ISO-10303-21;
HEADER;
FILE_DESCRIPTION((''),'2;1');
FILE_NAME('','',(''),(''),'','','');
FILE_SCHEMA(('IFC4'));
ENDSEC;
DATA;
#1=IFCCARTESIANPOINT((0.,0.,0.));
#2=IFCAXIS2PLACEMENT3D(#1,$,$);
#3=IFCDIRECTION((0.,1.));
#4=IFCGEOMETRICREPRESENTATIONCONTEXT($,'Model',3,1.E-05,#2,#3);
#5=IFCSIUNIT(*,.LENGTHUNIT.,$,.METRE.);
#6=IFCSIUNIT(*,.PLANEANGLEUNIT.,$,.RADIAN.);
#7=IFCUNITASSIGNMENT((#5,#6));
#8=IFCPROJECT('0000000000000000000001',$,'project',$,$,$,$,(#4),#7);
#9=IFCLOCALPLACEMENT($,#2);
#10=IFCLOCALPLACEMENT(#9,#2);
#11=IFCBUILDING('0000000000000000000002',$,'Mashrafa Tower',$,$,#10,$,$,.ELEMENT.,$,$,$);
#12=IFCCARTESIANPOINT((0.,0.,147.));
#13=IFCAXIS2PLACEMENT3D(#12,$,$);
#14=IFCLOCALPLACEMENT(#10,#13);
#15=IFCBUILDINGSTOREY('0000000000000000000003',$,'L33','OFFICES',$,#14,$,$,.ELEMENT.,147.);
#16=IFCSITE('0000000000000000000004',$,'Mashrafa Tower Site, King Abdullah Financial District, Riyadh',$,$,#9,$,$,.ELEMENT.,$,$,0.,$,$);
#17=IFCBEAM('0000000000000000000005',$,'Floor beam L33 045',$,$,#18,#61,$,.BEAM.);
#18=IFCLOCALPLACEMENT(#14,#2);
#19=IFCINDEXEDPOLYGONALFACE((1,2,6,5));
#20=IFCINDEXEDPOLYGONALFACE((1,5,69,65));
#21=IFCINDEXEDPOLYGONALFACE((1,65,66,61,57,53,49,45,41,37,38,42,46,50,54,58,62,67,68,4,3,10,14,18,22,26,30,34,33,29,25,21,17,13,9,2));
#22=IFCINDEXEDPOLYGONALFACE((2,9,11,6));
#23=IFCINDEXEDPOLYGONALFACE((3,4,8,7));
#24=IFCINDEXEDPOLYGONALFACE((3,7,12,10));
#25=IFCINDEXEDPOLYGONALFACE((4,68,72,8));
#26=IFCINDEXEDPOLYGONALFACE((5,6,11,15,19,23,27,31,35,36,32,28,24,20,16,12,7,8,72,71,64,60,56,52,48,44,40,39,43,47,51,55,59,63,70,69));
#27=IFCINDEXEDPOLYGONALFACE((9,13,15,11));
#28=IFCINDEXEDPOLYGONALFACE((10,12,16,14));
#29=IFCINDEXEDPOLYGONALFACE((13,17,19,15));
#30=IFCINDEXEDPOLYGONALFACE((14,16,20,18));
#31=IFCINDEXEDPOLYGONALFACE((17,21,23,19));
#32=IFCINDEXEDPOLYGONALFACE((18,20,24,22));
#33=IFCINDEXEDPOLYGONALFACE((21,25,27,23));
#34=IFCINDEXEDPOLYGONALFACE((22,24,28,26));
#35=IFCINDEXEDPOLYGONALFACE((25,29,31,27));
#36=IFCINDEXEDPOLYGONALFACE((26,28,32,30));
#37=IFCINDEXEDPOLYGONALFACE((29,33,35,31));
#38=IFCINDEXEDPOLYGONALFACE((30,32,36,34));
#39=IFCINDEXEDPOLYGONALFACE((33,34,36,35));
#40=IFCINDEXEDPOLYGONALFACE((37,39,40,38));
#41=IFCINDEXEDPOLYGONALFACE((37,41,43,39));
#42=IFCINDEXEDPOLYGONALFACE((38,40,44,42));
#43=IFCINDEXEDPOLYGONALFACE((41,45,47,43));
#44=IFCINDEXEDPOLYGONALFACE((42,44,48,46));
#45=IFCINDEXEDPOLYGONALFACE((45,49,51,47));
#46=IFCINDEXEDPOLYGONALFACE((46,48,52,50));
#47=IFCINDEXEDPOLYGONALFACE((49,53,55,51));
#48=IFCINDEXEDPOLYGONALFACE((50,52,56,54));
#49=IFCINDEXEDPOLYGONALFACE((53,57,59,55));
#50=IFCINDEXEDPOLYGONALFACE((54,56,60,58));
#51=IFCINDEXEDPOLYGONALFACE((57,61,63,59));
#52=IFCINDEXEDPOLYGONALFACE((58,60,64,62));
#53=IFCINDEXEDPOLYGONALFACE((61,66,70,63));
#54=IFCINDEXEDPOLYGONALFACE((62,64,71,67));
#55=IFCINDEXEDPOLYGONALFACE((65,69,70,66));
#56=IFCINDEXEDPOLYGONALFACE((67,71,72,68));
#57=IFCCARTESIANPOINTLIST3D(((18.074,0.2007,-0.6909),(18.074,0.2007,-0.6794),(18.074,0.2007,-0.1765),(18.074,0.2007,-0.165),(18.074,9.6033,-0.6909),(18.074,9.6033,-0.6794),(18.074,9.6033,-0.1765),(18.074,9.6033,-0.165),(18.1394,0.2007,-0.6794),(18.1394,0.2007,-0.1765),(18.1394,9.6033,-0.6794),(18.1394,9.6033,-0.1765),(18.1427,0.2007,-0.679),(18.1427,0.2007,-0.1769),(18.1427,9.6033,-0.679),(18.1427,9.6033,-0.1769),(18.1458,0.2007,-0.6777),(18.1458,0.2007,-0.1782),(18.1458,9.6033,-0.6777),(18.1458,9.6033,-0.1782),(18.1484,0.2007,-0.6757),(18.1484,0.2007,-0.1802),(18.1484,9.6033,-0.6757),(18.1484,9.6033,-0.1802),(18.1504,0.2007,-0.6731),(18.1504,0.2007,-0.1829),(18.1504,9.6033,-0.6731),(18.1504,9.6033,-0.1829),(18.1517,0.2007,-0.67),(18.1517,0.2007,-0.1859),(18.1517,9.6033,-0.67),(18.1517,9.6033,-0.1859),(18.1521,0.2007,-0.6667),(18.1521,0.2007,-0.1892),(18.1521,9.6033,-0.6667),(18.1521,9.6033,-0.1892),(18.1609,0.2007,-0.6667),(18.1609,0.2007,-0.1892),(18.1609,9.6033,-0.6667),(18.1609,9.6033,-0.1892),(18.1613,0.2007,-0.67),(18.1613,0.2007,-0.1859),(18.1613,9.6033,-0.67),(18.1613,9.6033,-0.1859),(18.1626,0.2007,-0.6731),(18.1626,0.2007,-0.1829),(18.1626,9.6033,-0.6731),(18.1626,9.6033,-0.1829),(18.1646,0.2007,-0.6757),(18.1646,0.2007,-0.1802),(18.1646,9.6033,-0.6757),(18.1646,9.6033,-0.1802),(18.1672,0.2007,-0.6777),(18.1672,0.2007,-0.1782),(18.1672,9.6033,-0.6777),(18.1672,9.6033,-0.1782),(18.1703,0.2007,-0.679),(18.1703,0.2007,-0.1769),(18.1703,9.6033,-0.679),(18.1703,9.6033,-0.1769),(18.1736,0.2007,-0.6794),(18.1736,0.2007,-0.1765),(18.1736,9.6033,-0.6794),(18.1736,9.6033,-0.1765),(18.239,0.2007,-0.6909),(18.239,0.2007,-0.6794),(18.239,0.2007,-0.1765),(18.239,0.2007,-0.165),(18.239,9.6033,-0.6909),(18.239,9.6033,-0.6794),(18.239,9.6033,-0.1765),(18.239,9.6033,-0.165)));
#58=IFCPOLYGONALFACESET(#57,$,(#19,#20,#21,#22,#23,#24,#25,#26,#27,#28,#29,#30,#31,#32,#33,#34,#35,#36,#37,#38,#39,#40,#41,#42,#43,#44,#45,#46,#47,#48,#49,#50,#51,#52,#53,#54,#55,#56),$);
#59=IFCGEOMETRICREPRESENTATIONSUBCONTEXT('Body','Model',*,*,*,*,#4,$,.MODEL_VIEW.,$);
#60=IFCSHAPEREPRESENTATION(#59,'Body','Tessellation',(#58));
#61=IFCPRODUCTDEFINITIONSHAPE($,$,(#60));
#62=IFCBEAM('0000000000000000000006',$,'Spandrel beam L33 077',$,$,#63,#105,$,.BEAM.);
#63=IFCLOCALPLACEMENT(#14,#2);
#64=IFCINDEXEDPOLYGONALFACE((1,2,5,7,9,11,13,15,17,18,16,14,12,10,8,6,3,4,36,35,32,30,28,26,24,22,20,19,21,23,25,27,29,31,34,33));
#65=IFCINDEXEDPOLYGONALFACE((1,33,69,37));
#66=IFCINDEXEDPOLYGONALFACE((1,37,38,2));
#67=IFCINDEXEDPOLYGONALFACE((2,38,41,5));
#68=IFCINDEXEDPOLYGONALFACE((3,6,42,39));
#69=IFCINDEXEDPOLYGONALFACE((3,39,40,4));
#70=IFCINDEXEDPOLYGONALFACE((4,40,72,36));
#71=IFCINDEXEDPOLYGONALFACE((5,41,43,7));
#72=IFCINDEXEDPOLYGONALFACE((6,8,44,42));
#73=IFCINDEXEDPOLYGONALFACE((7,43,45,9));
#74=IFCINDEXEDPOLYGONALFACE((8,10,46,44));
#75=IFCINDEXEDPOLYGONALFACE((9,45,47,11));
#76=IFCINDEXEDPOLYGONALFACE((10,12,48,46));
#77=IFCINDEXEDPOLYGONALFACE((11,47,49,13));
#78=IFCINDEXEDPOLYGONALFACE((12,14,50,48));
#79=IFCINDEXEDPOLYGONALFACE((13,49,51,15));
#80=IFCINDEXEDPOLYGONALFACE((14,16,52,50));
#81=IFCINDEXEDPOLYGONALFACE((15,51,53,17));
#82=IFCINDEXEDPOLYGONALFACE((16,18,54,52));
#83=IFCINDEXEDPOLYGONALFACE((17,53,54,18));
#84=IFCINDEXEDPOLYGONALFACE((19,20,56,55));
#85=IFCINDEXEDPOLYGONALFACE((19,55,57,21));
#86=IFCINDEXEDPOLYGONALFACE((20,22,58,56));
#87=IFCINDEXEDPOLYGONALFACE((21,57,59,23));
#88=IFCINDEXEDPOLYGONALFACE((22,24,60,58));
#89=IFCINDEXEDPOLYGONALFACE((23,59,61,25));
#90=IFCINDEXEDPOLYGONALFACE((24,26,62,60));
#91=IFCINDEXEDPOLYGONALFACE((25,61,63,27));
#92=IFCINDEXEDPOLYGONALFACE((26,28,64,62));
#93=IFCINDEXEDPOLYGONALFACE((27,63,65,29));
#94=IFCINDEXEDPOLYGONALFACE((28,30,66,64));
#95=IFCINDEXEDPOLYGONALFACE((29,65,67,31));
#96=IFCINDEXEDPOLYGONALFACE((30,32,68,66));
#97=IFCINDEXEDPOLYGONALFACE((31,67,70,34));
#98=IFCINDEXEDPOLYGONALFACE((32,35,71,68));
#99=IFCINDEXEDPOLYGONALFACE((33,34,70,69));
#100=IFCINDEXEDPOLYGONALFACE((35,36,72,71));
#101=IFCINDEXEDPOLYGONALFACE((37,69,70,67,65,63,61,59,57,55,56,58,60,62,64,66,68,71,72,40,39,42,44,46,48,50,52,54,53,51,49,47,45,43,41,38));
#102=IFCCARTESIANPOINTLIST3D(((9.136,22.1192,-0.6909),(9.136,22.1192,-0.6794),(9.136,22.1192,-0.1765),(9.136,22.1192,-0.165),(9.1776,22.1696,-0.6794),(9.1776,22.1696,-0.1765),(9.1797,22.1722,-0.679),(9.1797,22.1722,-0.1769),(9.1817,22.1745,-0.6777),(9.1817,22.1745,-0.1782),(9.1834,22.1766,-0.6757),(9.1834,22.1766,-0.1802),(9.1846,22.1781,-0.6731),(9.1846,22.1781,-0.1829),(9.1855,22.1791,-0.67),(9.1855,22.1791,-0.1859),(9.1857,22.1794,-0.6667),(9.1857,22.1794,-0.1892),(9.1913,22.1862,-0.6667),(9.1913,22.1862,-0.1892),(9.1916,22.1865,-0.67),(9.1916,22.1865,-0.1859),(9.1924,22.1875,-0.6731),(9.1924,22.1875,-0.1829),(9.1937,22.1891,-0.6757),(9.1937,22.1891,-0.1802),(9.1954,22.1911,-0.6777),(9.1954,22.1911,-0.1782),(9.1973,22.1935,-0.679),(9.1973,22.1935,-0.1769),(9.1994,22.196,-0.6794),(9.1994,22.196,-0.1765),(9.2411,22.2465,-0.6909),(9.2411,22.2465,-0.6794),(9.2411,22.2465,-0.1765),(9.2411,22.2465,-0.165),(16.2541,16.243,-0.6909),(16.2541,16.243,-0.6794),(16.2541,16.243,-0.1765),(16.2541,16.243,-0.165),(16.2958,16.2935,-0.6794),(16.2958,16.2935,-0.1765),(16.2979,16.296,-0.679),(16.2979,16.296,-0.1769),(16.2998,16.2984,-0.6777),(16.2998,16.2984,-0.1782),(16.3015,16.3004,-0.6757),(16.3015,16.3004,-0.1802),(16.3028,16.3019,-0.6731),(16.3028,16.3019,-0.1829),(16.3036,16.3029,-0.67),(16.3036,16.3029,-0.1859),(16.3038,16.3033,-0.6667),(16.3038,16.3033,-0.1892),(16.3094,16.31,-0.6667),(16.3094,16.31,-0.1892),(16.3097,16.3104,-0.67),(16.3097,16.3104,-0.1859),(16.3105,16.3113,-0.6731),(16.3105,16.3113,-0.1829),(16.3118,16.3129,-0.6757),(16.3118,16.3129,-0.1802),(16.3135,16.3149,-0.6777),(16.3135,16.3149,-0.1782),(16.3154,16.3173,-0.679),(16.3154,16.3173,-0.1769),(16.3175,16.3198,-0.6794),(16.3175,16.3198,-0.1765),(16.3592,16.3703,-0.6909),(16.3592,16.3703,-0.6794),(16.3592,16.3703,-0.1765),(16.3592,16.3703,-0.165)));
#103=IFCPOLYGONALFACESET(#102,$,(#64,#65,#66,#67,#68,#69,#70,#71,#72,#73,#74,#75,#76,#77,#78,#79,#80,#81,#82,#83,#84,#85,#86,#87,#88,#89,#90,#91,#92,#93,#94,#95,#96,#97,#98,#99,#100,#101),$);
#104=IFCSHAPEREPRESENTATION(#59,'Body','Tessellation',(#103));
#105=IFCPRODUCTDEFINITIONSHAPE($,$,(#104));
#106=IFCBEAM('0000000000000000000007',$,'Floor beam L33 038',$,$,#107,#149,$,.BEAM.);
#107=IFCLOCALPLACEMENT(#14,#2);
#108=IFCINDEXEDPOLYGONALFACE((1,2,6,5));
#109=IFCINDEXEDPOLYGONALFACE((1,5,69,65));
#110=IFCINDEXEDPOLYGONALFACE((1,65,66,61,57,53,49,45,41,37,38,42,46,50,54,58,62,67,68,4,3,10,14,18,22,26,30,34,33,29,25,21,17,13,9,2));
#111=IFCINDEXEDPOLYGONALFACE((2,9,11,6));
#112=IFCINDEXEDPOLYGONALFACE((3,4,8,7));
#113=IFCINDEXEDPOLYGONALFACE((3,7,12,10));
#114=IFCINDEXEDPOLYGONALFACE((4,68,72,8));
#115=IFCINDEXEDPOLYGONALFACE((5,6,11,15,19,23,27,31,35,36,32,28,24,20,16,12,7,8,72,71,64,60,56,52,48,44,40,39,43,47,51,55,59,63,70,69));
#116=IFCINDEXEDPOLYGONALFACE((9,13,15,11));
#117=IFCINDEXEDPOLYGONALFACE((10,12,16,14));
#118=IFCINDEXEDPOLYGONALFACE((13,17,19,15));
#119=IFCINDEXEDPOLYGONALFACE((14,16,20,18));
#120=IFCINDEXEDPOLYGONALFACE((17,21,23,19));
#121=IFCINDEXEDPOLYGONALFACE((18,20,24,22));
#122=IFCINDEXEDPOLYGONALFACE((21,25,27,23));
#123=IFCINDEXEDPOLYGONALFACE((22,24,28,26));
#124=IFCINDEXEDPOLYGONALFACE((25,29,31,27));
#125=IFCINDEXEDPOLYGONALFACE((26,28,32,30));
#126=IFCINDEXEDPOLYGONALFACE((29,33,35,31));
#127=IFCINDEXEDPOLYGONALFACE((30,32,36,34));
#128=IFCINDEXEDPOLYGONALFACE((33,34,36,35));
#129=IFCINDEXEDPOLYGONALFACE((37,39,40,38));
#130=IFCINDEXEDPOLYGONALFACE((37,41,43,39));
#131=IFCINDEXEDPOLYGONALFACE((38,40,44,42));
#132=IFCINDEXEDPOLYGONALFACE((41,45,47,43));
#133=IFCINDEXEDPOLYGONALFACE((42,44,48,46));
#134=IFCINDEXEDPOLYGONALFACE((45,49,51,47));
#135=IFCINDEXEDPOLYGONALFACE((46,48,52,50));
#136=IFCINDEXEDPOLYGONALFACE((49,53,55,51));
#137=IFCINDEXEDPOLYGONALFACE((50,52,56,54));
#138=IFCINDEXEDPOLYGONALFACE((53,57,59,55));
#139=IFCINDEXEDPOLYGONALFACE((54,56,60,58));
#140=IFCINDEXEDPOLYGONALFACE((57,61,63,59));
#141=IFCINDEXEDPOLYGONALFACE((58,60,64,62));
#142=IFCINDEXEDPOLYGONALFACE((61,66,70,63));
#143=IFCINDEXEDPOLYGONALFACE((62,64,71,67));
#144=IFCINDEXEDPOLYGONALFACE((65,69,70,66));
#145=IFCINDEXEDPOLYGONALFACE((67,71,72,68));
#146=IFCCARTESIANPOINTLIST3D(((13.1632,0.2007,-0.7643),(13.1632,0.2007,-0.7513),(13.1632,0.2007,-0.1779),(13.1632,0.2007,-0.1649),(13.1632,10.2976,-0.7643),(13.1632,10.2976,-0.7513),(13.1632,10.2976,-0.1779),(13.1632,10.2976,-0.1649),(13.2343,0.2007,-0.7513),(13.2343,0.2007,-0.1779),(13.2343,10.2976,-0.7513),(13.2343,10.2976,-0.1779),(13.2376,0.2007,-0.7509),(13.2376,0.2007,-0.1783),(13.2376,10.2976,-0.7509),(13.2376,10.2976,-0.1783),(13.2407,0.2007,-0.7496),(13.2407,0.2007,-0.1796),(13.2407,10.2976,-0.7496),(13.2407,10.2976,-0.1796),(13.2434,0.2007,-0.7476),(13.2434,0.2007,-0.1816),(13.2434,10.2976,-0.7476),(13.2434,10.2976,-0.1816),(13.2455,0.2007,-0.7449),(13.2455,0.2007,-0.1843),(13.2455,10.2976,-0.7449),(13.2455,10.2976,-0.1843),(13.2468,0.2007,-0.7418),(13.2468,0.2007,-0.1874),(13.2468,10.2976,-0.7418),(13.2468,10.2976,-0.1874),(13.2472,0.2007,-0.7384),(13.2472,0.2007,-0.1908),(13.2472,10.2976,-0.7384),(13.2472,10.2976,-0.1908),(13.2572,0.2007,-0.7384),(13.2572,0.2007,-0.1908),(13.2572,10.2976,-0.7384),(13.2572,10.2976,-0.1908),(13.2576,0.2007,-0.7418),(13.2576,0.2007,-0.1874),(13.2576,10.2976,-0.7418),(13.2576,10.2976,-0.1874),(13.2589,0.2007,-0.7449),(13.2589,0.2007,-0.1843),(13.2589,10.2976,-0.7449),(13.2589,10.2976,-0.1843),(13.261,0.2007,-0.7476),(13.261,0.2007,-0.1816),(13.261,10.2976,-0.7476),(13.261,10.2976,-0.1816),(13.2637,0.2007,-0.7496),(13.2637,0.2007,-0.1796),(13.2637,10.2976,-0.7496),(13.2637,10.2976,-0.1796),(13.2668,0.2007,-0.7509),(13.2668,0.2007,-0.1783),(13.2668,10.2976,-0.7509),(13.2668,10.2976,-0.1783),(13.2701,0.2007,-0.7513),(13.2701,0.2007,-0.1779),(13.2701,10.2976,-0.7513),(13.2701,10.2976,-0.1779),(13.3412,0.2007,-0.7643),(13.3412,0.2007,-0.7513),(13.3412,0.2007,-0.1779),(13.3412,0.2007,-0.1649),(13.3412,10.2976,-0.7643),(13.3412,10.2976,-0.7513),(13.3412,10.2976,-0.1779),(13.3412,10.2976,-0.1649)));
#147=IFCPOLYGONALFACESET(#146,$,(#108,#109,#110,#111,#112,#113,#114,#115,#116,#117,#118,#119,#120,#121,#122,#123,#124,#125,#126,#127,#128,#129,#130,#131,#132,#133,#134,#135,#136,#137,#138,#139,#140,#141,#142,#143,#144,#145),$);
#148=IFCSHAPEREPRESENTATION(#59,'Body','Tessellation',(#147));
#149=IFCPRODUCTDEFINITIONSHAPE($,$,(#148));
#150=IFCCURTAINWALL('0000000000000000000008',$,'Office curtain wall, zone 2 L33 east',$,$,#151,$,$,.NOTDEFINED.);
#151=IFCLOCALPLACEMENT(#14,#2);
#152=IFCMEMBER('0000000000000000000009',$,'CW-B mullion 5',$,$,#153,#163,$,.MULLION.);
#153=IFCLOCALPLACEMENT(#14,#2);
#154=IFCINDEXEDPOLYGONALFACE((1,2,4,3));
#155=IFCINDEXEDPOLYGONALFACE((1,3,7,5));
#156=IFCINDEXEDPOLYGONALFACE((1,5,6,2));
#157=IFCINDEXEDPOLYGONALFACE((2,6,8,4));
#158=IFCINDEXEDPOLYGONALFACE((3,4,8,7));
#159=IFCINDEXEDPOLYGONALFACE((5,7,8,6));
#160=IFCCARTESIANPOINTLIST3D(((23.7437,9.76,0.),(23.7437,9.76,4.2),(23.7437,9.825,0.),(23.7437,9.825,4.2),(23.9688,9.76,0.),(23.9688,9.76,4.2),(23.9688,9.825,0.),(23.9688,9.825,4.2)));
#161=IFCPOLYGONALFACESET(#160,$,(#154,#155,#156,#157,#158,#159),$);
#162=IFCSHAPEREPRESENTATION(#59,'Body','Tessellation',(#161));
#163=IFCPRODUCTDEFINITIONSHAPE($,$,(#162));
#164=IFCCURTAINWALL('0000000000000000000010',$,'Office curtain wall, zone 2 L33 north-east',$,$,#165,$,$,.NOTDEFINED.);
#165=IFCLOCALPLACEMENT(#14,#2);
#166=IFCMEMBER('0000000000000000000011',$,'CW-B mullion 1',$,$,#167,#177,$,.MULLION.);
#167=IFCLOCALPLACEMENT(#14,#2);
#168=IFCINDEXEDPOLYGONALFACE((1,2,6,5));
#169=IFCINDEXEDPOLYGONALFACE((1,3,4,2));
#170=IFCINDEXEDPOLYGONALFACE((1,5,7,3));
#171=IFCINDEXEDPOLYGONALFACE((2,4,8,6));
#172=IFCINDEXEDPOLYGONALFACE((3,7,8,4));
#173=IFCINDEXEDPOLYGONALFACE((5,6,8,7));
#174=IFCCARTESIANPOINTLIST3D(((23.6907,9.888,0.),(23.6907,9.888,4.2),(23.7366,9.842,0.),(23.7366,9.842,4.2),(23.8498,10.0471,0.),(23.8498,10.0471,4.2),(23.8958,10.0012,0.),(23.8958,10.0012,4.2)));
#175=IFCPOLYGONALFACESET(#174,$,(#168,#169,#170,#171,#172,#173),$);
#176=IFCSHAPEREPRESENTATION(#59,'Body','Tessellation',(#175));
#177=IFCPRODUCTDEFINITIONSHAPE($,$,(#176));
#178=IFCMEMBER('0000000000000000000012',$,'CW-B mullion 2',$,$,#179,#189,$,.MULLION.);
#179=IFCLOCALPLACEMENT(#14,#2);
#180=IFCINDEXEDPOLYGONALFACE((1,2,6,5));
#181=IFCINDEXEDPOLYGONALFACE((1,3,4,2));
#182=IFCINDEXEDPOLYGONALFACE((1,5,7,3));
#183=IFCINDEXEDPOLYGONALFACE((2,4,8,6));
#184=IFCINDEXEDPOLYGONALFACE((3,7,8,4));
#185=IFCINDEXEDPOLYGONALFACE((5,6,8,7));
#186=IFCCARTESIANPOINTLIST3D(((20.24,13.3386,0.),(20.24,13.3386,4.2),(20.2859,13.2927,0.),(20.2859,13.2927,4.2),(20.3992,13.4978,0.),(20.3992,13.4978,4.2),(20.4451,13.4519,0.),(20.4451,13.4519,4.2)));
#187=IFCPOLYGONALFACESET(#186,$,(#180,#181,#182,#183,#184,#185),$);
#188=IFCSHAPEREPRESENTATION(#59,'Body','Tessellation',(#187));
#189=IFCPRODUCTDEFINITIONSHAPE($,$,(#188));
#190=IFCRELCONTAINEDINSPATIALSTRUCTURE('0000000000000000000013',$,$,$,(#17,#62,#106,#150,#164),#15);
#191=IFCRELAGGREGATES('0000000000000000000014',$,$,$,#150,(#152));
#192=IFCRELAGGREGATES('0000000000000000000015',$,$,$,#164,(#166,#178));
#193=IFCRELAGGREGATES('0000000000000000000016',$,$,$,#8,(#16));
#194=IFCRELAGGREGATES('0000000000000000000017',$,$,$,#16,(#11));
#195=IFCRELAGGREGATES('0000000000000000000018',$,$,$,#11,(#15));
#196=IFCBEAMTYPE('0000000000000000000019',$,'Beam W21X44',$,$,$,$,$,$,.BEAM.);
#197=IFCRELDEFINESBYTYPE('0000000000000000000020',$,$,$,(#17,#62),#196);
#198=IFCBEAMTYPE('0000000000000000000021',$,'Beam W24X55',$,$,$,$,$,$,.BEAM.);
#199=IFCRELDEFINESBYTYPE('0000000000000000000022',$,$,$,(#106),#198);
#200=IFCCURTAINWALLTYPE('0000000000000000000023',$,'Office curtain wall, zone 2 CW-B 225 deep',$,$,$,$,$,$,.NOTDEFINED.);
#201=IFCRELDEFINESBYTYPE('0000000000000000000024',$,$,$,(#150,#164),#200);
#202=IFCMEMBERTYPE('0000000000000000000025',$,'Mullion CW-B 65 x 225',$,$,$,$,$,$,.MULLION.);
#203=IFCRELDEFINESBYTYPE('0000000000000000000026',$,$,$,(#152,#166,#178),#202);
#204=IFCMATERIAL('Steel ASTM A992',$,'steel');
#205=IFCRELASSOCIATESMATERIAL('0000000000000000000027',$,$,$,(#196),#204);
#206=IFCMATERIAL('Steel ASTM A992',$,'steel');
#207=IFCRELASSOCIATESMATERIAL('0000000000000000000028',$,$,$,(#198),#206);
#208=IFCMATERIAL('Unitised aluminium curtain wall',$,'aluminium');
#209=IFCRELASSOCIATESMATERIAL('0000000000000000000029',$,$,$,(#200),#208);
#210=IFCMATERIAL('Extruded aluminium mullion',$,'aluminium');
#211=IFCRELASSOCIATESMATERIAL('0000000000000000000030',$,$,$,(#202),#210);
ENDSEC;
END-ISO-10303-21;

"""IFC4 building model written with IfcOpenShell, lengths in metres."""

from ifc_helpers import new_model, si_unit, direction, frame, origin, origin_2d, place, context, subcontext, project, spatial, rectangle, i_section, extrude, source, transform, mapped, material, material_profile, profile_set, type_object, type_shapes, element, aggregate, save


model = new_model("IFC4")

# Units and contexts
model_context = context("Model", 3, precision=1e-05, world=origin(), true_north=direction((0.0, 1.0)))
body_context = subcontext(model_context, "Body", "Model", "MODEL_VIEW")
ifc_project = project(units=[si_unit("LENGTHUNIT", "METRE"), si_unit("PLANEANGLEUNIT", "RADIAN")], contexts=[model_context])

# Site, building, storey
site_placement = place(None, origin())
site = spatial("IfcSite", under=ifc_project, at=site_placement, Name="Mashrafa Tower Site, King Abdullah Financial District, Riyadh", CompositionType="ELEMENT", RefElevation=0.0)
building_placement = place(site_placement, origin())
building = spatial("IfcBuilding", under=site, at=building_placement, Name="Mashrafa Tower", CompositionType="ELEMENT")
storey_placement = place(building_placement, frame((0.0, 0.0, 147.0)))
storey = spatial("IfcBuildingStorey", under=building, at=storey_placement, Name="L33", Description="OFFICES", CompositionType="ELEMENT", Elevation=147.0)

# Beams
ifc_material_1 = material(Name="Steel ASTM A992", Category="steel")
ifc_material_profile_1 = material_profile(ifc_material_1, i_section(OverallWidth=0.165, OverallDepth=0.5259, WebThickness=0.0088, FlangeThickness=0.0115, FilletRadius=0.0127, at=origin_2d()), Name="W21X44")
ifc_profile_set_1 = profile_set([ifc_material_profile_1], Name="Steel ASTM A992")
beam_type_1 = type_object("IfcBeamType", Name="Beam W21X44", PredefinedType="BEAM", material=ifc_profile_set_1)
beam_1_placement = place(storey_placement, frame((18.1565, 9.6033, -0.428), z_axis=(0.0, -1.0, 0.0), x_axis=(1.0, 0.0, 0.0)))
element("IfcBeam", 1, at=beam_1_placement, inside=storey, type_object=beam_type_1, Name="Floor beam L33 045", PredefinedType="BEAM", context=body_context, shape_type="SweptSolid", body=[
    extrude(i_section(OverallWidth=0.165, OverallDepth=0.5259, WebThickness=0.0088, FlangeThickness=0.0115, FilletRadius=0.0127, at=origin_2d()), origin(), (0.0, 0.0, 1.0), 9.4026),
])
beam_2_placement = place(storey_placement, frame((16.3066, 16.3066, -0.428), z_axis=(-0.771175, 0.636624, 0.0), x_axis=(-0.636624, -0.771175, 0.0)))
element("IfcBeam", 2, at=beam_2_placement, inside=storey, type_object=beam_type_1, Name="Spandrel beam L33 077", PredefinedType="BEAM", context=body_context, shape_type="SweptSolid", body=[
    extrude(i_section(OverallWidth=0.165, OverallDepth=0.5259, WebThickness=0.0088, FlangeThickness=0.0115, FilletRadius=0.0127, at=origin_2d()), origin(), (0.0, 0.0, 1.0), 9.2302),
])
ifc_material_2 = material(Name="Steel ASTM A992", Category="steel")
ifc_material_profile_2 = material_profile(ifc_material_2, i_section(OverallWidth=0.178, OverallDepth=0.5994, WebThickness=0.01, FlangeThickness=0.0129, FilletRadius=0.0129, at=origin_2d()), Name="W24X55")
ifc_profile_set_2 = profile_set([ifc_material_profile_2], Name="Steel ASTM A992")
beam_type_2 = type_object("IfcBeamType", Name="Beam W24X55", PredefinedType="BEAM", material=ifc_profile_set_2)
beam_3_placement = place(storey_placement, frame((13.2522, 10.2976, -0.4646), z_axis=(0.0, -1.0, 0.0), x_axis=(1.0, 0.0, 0.0)))
element("IfcBeam", 3, at=beam_3_placement, inside=storey, type_object=beam_type_2, Name="Floor beam L33 038", PredefinedType="BEAM", context=body_context, shape_type="SweptSolid", body=[
    extrude(i_section(OverallWidth=0.178, OverallDepth=0.5994, WebThickness=0.01, FlangeThickness=0.0129, FilletRadius=0.0129, at=origin_2d()), origin(), (0.0, 0.0, 1.0), 10.0969),
])

# Curtain wall, member
ifc_material_3 = material(Name="Unitised aluminium curtain wall", Category="aluminium")
curtain_wall_type = type_object("IfcCurtainWallType", Name="Office curtain wall, zone 2 CW-B 225 deep", PredefinedType="NOTDEFINED", material=ifc_material_3)
curtain_wall_1_placement = place(storey_placement, origin())
curtain_wall_1 = element("IfcCurtainWall", 4, at=curtain_wall_1_placement, inside=storey, type_object=curtain_wall_type, Name="Office curtain wall, zone 2 L33 east", PredefinedType="NOTDEFINED")
ifc_material_4 = material(Name="Extruded aluminium mullion", Category="aluminium")
ifc_material_profile_3 = material_profile(ifc_material_4, rectangle(XDim=0.2251, YDim=0.0649, at=origin_2d()), Name="Mullion 65x225")
ifc_profile_set_3 = profile_set([ifc_material_profile_3], Name="Extruded aluminium mullion")
member_type_1 = type_object("IfcMemberType", Name="Mullion CW-B 65 x 225", PredefinedType="MULLION", material=ifc_profile_set_3)
shared_shape_1 = source(origin(), body_context, "Body", "SweptSolid", [
    extrude(rectangle(XDim=0.2251, YDim=0.0649, at=origin_2d()), origin(), (0.0, 0.0, 1.0), 4.2),
])
type_shapes(member_type_1, [shared_shape_1])
member_1_placement = place(storey_placement, frame((23.8562, 9.7925, 0.0), z_axis=(0.0, 0.0, 1.0), x_axis=(-1.0, 0.0, 0.0)))
member_1 = element("IfcMember", 5, at=member_1_placement, type_object=member_type_1, Name="CW-B mullion 5", PredefinedType="MULLION", context=body_context, shape_type="MappedRepresentation", body=[
    mapped(shared_shape_1, transform((0.0, 0.0, 0.0))),
])
aggregate(curtain_wall_1, [member_1])

# Curtain wall, members
curtain_wall_2_placement = place(storey_placement, origin())
curtain_wall_2 = element("IfcCurtainWall", 6, at=curtain_wall_2_placement, inside=storey, type_object=curtain_wall_type, Name="Office curtain wall, zone 2 L33 north-east", PredefinedType="NOTDEFINED")
member_2_placement = place(storey_placement, frame((23.7932, 9.9446, 0.0), z_axis=(0.0, 0.0, 1.0), x_axis=(-0.707107, -0.707107, 0.0)))
member_2 = element("IfcMember", 7, at=member_2_placement, type_object=member_type_1, Name="CW-B mullion 1", PredefinedType="MULLION", context=body_context, shape_type="MappedRepresentation", body=[
    mapped(shared_shape_1, transform((0.0, 0.0, 0.0))),
])
member_3_placement = place(storey_placement, frame((20.3425, 13.3953, 0.0), z_axis=(0.0, 0.0, 1.0), x_axis=(-0.707107, -0.707107, 0.0)))
member_3 = element("IfcMember", 8, at=member_3_placement, type_object=member_type_1, Name="CW-B mullion 2", PredefinedType="MULLION", context=body_context, shape_type="MappedRepresentation", body=[
    mapped(shared_shape_1, transform((0.0, 0.0, 0.0))),
])
aggregate(curtain_wall_2, [member_2, member_3])

save(model, "model.ifc")
